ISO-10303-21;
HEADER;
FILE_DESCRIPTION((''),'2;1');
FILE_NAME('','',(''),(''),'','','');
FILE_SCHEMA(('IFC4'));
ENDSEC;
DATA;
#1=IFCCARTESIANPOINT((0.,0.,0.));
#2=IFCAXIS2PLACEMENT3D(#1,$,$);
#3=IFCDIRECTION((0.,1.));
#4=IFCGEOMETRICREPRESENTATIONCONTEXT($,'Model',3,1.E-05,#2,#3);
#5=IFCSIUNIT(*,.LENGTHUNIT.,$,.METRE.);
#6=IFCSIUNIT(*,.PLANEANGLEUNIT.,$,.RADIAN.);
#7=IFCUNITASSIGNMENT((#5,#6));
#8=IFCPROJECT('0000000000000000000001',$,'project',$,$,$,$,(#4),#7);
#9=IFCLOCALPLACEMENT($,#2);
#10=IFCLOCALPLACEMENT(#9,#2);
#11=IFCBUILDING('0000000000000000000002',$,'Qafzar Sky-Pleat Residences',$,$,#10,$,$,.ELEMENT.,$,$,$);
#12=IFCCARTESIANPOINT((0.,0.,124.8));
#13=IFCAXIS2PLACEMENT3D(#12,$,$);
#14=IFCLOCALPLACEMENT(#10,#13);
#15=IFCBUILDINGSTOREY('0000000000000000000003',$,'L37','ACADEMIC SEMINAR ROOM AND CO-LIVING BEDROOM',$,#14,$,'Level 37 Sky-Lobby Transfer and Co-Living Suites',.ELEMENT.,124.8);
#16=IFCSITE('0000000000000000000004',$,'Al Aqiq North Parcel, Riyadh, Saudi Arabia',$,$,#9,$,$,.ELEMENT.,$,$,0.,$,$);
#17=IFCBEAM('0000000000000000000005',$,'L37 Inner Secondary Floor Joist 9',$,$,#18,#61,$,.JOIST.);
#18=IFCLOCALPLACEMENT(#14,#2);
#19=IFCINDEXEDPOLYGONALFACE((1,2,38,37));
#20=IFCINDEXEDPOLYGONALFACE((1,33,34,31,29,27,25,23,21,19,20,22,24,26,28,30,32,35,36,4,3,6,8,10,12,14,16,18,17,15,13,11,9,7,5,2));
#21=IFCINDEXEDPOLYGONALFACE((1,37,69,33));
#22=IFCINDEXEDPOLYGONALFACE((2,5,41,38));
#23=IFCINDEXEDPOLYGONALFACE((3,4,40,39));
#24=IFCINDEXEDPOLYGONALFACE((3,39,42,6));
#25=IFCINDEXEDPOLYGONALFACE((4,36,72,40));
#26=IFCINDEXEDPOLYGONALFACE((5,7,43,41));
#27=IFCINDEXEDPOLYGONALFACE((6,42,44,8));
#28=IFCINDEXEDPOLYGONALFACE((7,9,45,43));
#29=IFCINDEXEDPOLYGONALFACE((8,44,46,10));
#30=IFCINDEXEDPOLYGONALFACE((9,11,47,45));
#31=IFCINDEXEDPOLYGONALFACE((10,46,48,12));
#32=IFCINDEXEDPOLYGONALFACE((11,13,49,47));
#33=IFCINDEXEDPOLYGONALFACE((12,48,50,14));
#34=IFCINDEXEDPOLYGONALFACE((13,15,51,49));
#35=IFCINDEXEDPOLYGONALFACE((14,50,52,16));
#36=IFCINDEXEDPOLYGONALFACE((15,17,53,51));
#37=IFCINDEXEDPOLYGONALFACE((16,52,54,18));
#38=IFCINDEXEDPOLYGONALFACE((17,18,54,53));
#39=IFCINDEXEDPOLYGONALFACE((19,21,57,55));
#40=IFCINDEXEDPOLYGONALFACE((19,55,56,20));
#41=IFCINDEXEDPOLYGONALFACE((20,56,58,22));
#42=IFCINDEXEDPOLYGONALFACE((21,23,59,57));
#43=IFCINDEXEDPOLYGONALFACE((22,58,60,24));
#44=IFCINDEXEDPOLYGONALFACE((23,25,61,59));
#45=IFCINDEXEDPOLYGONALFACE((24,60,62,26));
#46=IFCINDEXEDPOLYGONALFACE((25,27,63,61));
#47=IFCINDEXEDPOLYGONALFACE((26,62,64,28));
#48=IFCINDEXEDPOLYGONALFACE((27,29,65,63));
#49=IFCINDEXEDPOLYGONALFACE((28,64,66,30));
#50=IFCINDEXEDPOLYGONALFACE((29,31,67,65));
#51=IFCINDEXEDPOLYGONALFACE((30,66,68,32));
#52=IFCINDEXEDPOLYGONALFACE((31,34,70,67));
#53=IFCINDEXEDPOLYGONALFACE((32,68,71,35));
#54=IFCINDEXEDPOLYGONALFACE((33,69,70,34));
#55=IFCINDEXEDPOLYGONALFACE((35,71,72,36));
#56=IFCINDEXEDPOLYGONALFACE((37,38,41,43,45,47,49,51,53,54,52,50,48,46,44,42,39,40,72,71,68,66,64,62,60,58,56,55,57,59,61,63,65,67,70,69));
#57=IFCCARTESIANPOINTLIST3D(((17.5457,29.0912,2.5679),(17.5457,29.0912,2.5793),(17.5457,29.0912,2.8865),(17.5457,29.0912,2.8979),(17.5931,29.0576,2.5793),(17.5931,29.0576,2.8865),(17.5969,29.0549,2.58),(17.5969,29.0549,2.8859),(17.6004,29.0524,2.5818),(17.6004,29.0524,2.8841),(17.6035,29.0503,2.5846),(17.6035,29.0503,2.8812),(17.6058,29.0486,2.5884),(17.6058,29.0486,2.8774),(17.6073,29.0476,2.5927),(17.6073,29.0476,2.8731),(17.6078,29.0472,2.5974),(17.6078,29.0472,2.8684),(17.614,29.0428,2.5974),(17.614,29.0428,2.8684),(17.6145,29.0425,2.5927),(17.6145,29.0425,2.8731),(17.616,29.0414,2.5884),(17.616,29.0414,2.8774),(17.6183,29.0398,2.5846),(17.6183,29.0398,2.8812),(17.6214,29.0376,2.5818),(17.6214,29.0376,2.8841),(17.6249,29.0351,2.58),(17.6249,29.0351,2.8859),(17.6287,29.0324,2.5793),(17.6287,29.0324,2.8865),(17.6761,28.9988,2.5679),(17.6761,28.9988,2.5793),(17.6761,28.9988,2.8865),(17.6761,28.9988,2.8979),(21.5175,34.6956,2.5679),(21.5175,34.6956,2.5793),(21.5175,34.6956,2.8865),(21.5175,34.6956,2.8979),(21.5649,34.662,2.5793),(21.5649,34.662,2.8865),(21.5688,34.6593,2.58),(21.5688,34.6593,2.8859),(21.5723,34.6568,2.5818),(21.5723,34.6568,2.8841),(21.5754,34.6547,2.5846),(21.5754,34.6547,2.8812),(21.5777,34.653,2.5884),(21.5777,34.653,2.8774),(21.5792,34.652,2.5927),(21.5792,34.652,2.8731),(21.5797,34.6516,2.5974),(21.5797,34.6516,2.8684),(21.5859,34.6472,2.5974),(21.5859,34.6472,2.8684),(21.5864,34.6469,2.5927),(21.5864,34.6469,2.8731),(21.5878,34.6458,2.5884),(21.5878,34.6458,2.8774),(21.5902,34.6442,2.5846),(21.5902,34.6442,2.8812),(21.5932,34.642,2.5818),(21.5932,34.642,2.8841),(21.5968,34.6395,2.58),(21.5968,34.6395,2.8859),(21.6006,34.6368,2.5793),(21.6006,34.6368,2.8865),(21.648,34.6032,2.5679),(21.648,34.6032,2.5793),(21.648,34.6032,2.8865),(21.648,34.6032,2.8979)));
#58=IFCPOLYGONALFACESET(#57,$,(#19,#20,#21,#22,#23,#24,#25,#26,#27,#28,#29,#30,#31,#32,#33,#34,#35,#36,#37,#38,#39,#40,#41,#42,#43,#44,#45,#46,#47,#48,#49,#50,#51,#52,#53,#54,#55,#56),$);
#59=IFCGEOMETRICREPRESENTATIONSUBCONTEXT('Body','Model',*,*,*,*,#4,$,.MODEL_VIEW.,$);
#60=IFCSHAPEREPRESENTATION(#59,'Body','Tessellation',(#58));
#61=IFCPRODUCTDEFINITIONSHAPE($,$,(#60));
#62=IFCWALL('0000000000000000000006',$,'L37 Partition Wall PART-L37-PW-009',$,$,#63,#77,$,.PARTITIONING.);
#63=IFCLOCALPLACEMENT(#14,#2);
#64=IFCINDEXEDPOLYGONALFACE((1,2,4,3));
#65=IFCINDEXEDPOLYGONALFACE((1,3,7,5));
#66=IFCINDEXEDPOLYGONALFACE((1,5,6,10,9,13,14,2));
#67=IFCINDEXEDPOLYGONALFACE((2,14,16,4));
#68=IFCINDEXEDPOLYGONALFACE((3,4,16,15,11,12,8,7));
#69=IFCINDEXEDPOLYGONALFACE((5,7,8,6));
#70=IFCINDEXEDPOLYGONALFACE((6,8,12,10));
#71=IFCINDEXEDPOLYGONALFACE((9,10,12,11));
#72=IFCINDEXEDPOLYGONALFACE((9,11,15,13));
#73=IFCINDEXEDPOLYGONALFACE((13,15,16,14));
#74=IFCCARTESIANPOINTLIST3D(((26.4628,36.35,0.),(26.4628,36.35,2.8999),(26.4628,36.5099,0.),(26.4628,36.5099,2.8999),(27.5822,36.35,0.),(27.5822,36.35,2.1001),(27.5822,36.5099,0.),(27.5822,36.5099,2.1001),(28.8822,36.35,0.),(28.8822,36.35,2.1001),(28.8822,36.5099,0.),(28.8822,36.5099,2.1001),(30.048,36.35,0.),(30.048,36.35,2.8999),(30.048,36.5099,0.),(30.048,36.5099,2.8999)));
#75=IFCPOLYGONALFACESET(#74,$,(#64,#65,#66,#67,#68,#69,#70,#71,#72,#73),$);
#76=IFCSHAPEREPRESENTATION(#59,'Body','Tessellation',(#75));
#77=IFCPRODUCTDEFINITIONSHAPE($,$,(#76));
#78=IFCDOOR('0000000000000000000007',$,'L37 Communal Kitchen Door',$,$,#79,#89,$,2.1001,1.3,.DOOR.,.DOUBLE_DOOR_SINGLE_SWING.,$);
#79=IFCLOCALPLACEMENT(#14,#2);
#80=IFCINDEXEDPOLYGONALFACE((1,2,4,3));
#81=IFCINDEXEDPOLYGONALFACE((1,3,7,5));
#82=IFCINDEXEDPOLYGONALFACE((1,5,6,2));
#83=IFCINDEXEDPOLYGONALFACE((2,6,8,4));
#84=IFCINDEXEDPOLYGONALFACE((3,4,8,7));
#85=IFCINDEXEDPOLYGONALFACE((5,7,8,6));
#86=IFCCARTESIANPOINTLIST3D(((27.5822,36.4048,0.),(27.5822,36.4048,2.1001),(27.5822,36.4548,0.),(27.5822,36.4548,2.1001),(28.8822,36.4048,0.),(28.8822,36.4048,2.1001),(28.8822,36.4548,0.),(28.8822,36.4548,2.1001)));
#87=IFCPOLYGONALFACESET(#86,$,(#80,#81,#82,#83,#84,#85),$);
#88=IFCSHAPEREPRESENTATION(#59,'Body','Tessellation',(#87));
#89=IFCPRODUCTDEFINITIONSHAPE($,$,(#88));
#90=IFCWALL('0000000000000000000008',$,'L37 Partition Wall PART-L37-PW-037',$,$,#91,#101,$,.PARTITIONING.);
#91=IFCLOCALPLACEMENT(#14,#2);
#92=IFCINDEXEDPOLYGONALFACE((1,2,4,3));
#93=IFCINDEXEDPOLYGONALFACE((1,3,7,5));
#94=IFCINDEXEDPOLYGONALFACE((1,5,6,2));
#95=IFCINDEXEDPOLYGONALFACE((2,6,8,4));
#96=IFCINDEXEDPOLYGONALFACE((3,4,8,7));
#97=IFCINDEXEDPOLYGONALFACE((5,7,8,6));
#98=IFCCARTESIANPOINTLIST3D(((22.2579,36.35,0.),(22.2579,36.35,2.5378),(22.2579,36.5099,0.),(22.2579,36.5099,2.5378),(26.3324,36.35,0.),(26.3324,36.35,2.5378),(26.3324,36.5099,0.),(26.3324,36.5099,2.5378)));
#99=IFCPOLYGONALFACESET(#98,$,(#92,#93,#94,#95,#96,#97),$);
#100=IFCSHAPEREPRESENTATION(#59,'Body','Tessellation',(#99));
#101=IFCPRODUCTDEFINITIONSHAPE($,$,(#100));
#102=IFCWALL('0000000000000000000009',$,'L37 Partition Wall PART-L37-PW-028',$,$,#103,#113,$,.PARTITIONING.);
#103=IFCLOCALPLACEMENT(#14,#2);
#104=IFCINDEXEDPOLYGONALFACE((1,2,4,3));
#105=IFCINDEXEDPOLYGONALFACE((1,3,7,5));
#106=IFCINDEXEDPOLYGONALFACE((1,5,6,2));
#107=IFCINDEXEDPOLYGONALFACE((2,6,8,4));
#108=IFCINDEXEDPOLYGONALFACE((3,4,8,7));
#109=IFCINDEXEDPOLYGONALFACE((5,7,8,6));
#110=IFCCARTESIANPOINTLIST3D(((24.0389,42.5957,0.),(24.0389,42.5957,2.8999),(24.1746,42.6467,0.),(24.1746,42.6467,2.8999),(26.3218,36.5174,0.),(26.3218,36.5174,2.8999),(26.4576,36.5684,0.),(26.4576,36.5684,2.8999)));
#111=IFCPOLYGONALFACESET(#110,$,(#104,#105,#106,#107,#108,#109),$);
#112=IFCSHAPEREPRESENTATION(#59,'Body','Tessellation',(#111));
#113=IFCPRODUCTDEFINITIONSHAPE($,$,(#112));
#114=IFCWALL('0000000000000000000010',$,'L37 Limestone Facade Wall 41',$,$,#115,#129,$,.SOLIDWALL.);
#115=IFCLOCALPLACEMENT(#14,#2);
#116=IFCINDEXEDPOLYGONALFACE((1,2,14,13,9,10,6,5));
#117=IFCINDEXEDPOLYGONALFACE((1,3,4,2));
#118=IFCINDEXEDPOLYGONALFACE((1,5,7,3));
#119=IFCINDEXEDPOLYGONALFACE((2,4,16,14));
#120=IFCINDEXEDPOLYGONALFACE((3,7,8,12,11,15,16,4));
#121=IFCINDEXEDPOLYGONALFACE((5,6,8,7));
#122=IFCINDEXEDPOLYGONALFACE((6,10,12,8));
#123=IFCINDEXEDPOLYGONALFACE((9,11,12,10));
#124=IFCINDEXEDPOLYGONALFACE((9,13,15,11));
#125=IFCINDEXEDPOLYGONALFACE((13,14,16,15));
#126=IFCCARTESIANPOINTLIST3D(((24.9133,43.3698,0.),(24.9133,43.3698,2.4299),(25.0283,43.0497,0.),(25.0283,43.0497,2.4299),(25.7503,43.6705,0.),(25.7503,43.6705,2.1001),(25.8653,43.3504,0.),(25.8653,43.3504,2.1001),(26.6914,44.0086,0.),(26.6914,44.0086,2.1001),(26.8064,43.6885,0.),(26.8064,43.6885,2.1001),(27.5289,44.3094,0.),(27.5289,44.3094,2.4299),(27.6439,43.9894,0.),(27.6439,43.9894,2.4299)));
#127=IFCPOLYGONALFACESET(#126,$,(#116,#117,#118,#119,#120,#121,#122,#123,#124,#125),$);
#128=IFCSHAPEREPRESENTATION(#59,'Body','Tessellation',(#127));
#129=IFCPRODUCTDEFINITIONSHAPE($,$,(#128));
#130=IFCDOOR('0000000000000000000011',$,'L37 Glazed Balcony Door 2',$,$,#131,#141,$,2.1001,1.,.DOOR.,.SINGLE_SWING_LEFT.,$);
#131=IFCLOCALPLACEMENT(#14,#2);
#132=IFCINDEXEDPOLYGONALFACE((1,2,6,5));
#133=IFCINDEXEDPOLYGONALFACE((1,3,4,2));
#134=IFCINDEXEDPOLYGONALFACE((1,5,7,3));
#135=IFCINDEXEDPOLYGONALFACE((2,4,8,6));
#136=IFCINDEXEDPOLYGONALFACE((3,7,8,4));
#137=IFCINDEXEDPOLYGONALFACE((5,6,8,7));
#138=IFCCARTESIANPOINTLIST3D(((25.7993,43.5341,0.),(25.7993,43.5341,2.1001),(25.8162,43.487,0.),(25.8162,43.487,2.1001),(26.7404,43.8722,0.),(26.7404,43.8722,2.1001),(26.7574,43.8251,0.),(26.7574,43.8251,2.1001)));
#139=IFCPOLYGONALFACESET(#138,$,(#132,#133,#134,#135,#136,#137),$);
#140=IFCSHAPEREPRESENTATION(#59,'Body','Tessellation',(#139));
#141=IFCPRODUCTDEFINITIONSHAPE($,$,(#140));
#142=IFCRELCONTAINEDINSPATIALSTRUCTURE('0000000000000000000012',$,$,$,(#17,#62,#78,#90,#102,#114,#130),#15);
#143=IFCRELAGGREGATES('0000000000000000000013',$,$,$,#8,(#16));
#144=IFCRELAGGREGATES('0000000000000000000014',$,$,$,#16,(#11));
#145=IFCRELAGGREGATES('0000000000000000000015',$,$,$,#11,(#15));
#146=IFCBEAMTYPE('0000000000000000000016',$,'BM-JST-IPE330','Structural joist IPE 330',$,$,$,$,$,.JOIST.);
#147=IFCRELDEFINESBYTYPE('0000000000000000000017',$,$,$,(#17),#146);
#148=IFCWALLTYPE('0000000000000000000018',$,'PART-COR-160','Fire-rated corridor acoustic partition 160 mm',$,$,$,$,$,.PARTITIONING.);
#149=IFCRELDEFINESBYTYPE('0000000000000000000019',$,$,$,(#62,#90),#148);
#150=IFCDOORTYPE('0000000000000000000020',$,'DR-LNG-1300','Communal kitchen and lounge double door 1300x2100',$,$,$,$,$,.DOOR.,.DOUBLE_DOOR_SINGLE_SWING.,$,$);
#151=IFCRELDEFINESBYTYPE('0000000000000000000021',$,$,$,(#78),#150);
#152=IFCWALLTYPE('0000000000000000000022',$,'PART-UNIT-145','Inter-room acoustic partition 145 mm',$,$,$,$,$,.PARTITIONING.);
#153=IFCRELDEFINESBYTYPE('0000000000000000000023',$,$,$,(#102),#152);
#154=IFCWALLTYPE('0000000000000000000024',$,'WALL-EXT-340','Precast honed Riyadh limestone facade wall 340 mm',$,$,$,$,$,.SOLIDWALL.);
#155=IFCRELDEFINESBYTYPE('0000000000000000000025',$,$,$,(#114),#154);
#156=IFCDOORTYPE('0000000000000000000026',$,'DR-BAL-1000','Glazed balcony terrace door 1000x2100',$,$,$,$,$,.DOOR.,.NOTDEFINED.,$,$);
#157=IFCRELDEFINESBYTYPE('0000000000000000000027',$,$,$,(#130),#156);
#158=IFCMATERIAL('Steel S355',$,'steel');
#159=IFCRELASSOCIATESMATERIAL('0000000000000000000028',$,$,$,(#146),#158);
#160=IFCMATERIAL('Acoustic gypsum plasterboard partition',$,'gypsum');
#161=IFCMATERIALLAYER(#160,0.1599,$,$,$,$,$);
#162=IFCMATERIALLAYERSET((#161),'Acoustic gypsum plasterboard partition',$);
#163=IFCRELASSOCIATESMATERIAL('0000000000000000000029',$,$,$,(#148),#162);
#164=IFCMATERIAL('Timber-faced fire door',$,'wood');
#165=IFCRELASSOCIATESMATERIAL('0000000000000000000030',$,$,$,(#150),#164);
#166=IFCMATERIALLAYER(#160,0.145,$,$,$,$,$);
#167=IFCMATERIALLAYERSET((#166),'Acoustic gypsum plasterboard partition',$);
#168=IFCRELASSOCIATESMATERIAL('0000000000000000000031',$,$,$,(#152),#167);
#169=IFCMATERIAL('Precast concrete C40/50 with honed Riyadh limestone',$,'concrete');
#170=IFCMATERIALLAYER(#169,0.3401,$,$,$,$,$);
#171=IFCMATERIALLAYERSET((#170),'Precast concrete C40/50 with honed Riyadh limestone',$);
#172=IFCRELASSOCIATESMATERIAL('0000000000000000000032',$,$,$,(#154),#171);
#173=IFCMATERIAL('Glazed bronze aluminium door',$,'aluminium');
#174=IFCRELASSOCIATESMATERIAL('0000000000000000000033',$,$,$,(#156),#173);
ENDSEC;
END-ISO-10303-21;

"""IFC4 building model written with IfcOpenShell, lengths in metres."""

from ifc_helpers import new_model, si_unit, direction, frame, frame_2d, origin, origin_2d, place, context, subcontext, project, spatial, rectangle, i_section, extrude, source, transform, mapped, material, layer, layer_set, material_profile, profile_set, type_object, element, fill, save


model = new_model("IFC4")

# Units and contexts
model_context = context("Model", 3, precision=1e-05, world=origin(), true_north=direction((0.0, 1.0)))
body_context = subcontext(model_context, "Body", "Model", "MODEL_VIEW")
ifc_project = project(units=[si_unit("LENGTHUNIT", "METRE"), si_unit("PLANEANGLEUNIT", "RADIAN")], contexts=[model_context])

# Site, building, storey
site_placement = place(None, origin())
site = spatial("IfcSite", under=ifc_project, at=site_placement, Name="Al Aqiq North Parcel, Riyadh, Saudi Arabia", CompositionType="ELEMENT", RefElevation=0.0)
building_placement = place(site_placement, origin())
building = spatial("IfcBuilding", under=site, at=building_placement, Name="Qafzar Sky-Pleat Residences", CompositionType="ELEMENT")
storey_placement = place(building_placement, frame((0.0, 0.0, 124.8)))
storey = spatial("IfcBuildingStorey", under=building, at=storey_placement, Name="L37", Description="ACADEMIC SEMINAR ROOM AND CO-LIVING BEDROOM", LongName="Level 37 Sky-Lobby Transfer and Co-Living Suites", CompositionType="ELEMENT", Elevation=124.8)

# Beam
ifc_material_1 = material(Name="Steel S355", Category="steel")
ifc_material_profile_1 = material_profile(ifc_material_1, i_section(OverallWidth=0.1599, OverallDepth=0.3301, WebThickness=0.0076, FlangeThickness=0.0115, FilletRadius=0.0181, at=origin_2d()), Name="IPE 330")
ifc_profile_set_1 = profile_set([ifc_material_profile_1], Name="Steel S355")
beam_type_1 = type_object("IfcBeamType", Name="BM-JST-IPE330", Description="Structural joist IPE 330", PredefinedType="JOIST", material=ifc_profile_set_1)
shared_shape_1 = source(origin(), body_context, "Body", "SweptSolid", [
    extrude(i_section(OverallWidth=0.1599, OverallDepth=0.3301, WebThickness=0.0076, FlangeThickness=0.0115, FilletRadius=0.0181, at=origin_2d()), origin(), (0.0, 0.0, 1.0), 6.8691),
])
beam_1_placement = place(storey_placement, frame((21.5828, 34.6494, 2.7329), z_axis=(-0.578218, -0.815882, 0.0), x_axis=(0.815882, -0.578218, 0.0)))
element("IfcBeam", 1, at=beam_1_placement, inside=storey, type_object=beam_type_1, Name="L37 Inner Secondary Floor Joist 9", PredefinedType="JOIST", context=body_context, shape_type="MappedRepresentation", body=[
    mapped(shared_shape_1, transform((0.0, 0.0, 0.0), x_axis=(1.0, 0.0, 0.0), y_axis=(0.0, 1.0, 0.0), z_axis=(0.0, 0.0, 1.0), scale=1.0)),
])

# Wall, opening, door
ifc_material_2 = material(Name="Acoustic gypsum plasterboard partition", Category="gypsum")
ifc_layer_1 = layer(ifc_material_2, 0.1599)
ifc_layer_set_1 = layer_set([ifc_layer_1], Name="Acoustic gypsum plasterboard partition")
wall_type_1 = type_object("IfcWallType", Name="PART-COR-160", Description="Fire-rated corridor acoustic partition 160 mm", PredefinedType="PARTITIONING", material=ifc_layer_set_1)
wall_1_placement = place(storey_placement, frame((26.4629, 36.4299, 0.0), z_axis=(0.0, 0.0, 1.0), x_axis=(1.0, 0.0, 0.0)))
wall_1 = element("IfcWall", 2, at=wall_1_placement, inside=storey, type_object=wall_type_1, Name="L37 Partition Wall PART-L37-PW-009", PredefinedType="PARTITIONING", context=body_context, shape_type="SweptSolid", body=[
    extrude(rectangle(XDim=3.5852, YDim=0.1599, at=frame_2d((1.7925, 0.0))), origin(), (0.0, 0.0, 1.0), 2.8999),
])
opening_1_placement = place(wall_1_placement, frame((1.1194, 0.0, 0.0)))
opening_1 = element("IfcOpeningElement", 3, at=opening_1_placement, cuts=wall_1, PredefinedType="OPENING", context=body_context, shape_type="SweptSolid", body=[
    extrude(rectangle(XDim=1.3, YDim=2.1001, at=frame_2d((0.6499, 1.05))), frame((0.0, 0.0898, 0.0), z_axis=(0.0, -1.0, 0.0), x_axis=(1.0, 0.0, 0.0)), (0.0, 0.0, 1.0), 0.1799),
])
ifc_material_3 = material(Name="Timber-faced fire door", Category="wood")
door_type_1 = type_object("IfcDoorType", Name="DR-LNG-1300", Description="Communal kitchen and lounge double door 1300x2100", OperationType="DOUBLE_DOOR_SINGLE_SWING", PredefinedType="DOOR", material=ifc_material_3)
shared_shape_2 = source(origin(), body_context, "Body", "SweptSolid", [
    extrude(rectangle(XDim=1.3, YDim=2.1001, at=frame_2d((0.6499, 1.05))), frame((0.0, 0.0249, 0.0), z_axis=(0.0, -1.0, 0.0), x_axis=(1.0, 0.0, 0.0)), (0.0, 0.0, 1.0), 0.05),
])
door_1_placement = place(opening_1_placement, origin())
door_1 = element("IfcDoor", 4, at=door_1_placement, inside=storey, type_object=door_type_1, Name="L37 Communal Kitchen Door", OperationType="DOUBLE_DOOR_SINGLE_SWING", OverallHeight=2.1001, OverallWidth=1.3, PredefinedType="DOOR", context=body_context, shape_type="MappedRepresentation", body=[
    mapped(shared_shape_2, transform((0.0, 0.0, 0.0), x_axis=(1.0, 0.0, 0.0), y_axis=(0.0, 1.0, 0.0), z_axis=(0.0, 0.0, 1.0), scale=1.0)),
])
fill(opening_1, door_1)

# Walls
wall_2_placement = place(storey_placement, frame((22.2581, 36.4299, 0.0), z_axis=(0.0, 0.0, 1.0), x_axis=(1.0, 0.0, 0.0)))
element("IfcWall", 5, at=wall_2_placement, inside=storey, type_object=wall_type_1, Name="L37 Partition Wall PART-L37-PW-037", PredefinedType="PARTITIONING", context=body_context, shape_type="SweptSolid", body=[
    extrude(rectangle(XDim=4.0745, YDim=0.1599, at=frame_2d((2.0371, 0.0))), origin(), (0.0, 0.0, 1.0), 2.5378),
])
ifc_layer_2 = layer(ifc_material_2, 0.145)
ifc_layer_set_2 = layer_set([ifc_layer_2], Name="Acoustic gypsum plasterboard partition")
wall_type_2 = type_object("IfcWallType", Name="PART-UNIT-145", Description="Inter-room acoustic partition 145 mm", PredefinedType="PARTITIONING", material=ifc_layer_set_2)
wall_3_placement = place(storey_placement, frame((24.1067, 42.6213, 0.0), z_axis=(0.0, 0.0, 1.0), x_axis=(0.351606, -0.936148, 0.0)))
element("IfcWall", 6, at=wall_3_placement, inside=storey, type_object=wall_type_2, Name="L37 Partition Wall PART-L37-PW-028", PredefinedType="PARTITIONING", context=body_context, shape_type="SweptSolid", body=[
    extrude(rectangle(XDim=6.4929, YDim=0.145, at=frame_2d((3.2466, 0.0))), origin(), (0.0, 0.0, 1.0), 2.8999),
])

# Wall, opening, door
ifc_material_4 = material(Name="Precast concrete C40/50 with honed Riyadh limestone", Category="concrete")
ifc_layer_3 = layer(ifc_material_4, 0.3401)
ifc_layer_set_3 = layer_set([ifc_layer_3], Name="Precast concrete C40/50 with honed Riyadh limestone")
wall_type_3 = type_object("IfcWallType", Name="WALL-EXT-340", Description="Precast honed Riyadh limestone facade wall 340 mm", PredefinedType="SOLIDWALL", material=ifc_layer_set_3)
wall_4_placement = place(storey_placement, frame((27.5864, 44.1494, 0.0), z_axis=(0.0, 0.0, 1.0), x_axis=(-0.941112, -0.338094, 0.0)))
wall_4 = element("IfcWall", 7, at=wall_4_placement, inside=storey, type_object=wall_type_3, Name="L37 Limestone Facade Wall 41", PredefinedType="SOLIDWALL", context=body_context, shape_type="SweptSolid", body=[
    extrude(rectangle(XDim=2.7793, YDim=0.3401, at=frame_2d((1.3896, 0.0))), origin(), (0.0, 0.0, 1.0), 2.4299),
])
opening_2_placement = place(wall_4_placement, frame((0.8899, 0.0, 0.0)))
opening_2 = element("IfcOpeningElement", 8, at=opening_2_placement, cuts=wall_4, PredefinedType="OPENING", context=body_context, shape_type="SweptSolid", body=[
    extrude(rectangle(XDim=1.0, YDim=2.1001, at=frame_2d((0.5, 1.05))), frame((0.0, 0.1802, 0.0), z_axis=(0.0, -1.0, 0.0), x_axis=(1.0, 0.0, 0.0)), (0.0, 0.0, 1.0), 0.3601),
])
ifc_material_5 = material(Name="Glazed bronze aluminium door", Category="aluminium")
door_type_2 = type_object("IfcDoorType", Name="DR-BAL-1000", Description="Glazed balcony terrace door 1000x2100", OperationType="NOTDEFINED", PredefinedType="DOOR", material=ifc_material_5)
shared_shape_3 = source(origin(), body_context, "Body", "SweptSolid", [
    extrude(rectangle(XDim=1.0, YDim=2.1001, at=frame_2d((0.5, 1.05))), frame((0.0, 0.0249, 0.0), z_axis=(0.0, -1.0, 0.0), x_axis=(1.0, 0.0, 0.0)), (0.0, 0.0, 1.0), 0.05),
])
door_2_placement = place(opening_2_placement, origin())
door_2 = element("IfcDoor", 9, at=door_2_placement, inside=storey, type_object=door_type_2, Name="L37 Glazed Balcony Door 2", OperationType="SINGLE_SWING_LEFT", OverallHeight=2.1001, OverallWidth=1.0, PredefinedType="DOOR", context=body_context, shape_type="MappedRepresentation", body=[
    mapped(shared_shape_3, transform((0.0, 0.0, 0.0), x_axis=(1.0, 0.0, 0.0), y_axis=(0.0, 1.0, 0.0), z_axis=(0.0, 0.0, 1.0), scale=1.0)),
])
fill(opening_2, door_2)

save(model, "model.ifc")
